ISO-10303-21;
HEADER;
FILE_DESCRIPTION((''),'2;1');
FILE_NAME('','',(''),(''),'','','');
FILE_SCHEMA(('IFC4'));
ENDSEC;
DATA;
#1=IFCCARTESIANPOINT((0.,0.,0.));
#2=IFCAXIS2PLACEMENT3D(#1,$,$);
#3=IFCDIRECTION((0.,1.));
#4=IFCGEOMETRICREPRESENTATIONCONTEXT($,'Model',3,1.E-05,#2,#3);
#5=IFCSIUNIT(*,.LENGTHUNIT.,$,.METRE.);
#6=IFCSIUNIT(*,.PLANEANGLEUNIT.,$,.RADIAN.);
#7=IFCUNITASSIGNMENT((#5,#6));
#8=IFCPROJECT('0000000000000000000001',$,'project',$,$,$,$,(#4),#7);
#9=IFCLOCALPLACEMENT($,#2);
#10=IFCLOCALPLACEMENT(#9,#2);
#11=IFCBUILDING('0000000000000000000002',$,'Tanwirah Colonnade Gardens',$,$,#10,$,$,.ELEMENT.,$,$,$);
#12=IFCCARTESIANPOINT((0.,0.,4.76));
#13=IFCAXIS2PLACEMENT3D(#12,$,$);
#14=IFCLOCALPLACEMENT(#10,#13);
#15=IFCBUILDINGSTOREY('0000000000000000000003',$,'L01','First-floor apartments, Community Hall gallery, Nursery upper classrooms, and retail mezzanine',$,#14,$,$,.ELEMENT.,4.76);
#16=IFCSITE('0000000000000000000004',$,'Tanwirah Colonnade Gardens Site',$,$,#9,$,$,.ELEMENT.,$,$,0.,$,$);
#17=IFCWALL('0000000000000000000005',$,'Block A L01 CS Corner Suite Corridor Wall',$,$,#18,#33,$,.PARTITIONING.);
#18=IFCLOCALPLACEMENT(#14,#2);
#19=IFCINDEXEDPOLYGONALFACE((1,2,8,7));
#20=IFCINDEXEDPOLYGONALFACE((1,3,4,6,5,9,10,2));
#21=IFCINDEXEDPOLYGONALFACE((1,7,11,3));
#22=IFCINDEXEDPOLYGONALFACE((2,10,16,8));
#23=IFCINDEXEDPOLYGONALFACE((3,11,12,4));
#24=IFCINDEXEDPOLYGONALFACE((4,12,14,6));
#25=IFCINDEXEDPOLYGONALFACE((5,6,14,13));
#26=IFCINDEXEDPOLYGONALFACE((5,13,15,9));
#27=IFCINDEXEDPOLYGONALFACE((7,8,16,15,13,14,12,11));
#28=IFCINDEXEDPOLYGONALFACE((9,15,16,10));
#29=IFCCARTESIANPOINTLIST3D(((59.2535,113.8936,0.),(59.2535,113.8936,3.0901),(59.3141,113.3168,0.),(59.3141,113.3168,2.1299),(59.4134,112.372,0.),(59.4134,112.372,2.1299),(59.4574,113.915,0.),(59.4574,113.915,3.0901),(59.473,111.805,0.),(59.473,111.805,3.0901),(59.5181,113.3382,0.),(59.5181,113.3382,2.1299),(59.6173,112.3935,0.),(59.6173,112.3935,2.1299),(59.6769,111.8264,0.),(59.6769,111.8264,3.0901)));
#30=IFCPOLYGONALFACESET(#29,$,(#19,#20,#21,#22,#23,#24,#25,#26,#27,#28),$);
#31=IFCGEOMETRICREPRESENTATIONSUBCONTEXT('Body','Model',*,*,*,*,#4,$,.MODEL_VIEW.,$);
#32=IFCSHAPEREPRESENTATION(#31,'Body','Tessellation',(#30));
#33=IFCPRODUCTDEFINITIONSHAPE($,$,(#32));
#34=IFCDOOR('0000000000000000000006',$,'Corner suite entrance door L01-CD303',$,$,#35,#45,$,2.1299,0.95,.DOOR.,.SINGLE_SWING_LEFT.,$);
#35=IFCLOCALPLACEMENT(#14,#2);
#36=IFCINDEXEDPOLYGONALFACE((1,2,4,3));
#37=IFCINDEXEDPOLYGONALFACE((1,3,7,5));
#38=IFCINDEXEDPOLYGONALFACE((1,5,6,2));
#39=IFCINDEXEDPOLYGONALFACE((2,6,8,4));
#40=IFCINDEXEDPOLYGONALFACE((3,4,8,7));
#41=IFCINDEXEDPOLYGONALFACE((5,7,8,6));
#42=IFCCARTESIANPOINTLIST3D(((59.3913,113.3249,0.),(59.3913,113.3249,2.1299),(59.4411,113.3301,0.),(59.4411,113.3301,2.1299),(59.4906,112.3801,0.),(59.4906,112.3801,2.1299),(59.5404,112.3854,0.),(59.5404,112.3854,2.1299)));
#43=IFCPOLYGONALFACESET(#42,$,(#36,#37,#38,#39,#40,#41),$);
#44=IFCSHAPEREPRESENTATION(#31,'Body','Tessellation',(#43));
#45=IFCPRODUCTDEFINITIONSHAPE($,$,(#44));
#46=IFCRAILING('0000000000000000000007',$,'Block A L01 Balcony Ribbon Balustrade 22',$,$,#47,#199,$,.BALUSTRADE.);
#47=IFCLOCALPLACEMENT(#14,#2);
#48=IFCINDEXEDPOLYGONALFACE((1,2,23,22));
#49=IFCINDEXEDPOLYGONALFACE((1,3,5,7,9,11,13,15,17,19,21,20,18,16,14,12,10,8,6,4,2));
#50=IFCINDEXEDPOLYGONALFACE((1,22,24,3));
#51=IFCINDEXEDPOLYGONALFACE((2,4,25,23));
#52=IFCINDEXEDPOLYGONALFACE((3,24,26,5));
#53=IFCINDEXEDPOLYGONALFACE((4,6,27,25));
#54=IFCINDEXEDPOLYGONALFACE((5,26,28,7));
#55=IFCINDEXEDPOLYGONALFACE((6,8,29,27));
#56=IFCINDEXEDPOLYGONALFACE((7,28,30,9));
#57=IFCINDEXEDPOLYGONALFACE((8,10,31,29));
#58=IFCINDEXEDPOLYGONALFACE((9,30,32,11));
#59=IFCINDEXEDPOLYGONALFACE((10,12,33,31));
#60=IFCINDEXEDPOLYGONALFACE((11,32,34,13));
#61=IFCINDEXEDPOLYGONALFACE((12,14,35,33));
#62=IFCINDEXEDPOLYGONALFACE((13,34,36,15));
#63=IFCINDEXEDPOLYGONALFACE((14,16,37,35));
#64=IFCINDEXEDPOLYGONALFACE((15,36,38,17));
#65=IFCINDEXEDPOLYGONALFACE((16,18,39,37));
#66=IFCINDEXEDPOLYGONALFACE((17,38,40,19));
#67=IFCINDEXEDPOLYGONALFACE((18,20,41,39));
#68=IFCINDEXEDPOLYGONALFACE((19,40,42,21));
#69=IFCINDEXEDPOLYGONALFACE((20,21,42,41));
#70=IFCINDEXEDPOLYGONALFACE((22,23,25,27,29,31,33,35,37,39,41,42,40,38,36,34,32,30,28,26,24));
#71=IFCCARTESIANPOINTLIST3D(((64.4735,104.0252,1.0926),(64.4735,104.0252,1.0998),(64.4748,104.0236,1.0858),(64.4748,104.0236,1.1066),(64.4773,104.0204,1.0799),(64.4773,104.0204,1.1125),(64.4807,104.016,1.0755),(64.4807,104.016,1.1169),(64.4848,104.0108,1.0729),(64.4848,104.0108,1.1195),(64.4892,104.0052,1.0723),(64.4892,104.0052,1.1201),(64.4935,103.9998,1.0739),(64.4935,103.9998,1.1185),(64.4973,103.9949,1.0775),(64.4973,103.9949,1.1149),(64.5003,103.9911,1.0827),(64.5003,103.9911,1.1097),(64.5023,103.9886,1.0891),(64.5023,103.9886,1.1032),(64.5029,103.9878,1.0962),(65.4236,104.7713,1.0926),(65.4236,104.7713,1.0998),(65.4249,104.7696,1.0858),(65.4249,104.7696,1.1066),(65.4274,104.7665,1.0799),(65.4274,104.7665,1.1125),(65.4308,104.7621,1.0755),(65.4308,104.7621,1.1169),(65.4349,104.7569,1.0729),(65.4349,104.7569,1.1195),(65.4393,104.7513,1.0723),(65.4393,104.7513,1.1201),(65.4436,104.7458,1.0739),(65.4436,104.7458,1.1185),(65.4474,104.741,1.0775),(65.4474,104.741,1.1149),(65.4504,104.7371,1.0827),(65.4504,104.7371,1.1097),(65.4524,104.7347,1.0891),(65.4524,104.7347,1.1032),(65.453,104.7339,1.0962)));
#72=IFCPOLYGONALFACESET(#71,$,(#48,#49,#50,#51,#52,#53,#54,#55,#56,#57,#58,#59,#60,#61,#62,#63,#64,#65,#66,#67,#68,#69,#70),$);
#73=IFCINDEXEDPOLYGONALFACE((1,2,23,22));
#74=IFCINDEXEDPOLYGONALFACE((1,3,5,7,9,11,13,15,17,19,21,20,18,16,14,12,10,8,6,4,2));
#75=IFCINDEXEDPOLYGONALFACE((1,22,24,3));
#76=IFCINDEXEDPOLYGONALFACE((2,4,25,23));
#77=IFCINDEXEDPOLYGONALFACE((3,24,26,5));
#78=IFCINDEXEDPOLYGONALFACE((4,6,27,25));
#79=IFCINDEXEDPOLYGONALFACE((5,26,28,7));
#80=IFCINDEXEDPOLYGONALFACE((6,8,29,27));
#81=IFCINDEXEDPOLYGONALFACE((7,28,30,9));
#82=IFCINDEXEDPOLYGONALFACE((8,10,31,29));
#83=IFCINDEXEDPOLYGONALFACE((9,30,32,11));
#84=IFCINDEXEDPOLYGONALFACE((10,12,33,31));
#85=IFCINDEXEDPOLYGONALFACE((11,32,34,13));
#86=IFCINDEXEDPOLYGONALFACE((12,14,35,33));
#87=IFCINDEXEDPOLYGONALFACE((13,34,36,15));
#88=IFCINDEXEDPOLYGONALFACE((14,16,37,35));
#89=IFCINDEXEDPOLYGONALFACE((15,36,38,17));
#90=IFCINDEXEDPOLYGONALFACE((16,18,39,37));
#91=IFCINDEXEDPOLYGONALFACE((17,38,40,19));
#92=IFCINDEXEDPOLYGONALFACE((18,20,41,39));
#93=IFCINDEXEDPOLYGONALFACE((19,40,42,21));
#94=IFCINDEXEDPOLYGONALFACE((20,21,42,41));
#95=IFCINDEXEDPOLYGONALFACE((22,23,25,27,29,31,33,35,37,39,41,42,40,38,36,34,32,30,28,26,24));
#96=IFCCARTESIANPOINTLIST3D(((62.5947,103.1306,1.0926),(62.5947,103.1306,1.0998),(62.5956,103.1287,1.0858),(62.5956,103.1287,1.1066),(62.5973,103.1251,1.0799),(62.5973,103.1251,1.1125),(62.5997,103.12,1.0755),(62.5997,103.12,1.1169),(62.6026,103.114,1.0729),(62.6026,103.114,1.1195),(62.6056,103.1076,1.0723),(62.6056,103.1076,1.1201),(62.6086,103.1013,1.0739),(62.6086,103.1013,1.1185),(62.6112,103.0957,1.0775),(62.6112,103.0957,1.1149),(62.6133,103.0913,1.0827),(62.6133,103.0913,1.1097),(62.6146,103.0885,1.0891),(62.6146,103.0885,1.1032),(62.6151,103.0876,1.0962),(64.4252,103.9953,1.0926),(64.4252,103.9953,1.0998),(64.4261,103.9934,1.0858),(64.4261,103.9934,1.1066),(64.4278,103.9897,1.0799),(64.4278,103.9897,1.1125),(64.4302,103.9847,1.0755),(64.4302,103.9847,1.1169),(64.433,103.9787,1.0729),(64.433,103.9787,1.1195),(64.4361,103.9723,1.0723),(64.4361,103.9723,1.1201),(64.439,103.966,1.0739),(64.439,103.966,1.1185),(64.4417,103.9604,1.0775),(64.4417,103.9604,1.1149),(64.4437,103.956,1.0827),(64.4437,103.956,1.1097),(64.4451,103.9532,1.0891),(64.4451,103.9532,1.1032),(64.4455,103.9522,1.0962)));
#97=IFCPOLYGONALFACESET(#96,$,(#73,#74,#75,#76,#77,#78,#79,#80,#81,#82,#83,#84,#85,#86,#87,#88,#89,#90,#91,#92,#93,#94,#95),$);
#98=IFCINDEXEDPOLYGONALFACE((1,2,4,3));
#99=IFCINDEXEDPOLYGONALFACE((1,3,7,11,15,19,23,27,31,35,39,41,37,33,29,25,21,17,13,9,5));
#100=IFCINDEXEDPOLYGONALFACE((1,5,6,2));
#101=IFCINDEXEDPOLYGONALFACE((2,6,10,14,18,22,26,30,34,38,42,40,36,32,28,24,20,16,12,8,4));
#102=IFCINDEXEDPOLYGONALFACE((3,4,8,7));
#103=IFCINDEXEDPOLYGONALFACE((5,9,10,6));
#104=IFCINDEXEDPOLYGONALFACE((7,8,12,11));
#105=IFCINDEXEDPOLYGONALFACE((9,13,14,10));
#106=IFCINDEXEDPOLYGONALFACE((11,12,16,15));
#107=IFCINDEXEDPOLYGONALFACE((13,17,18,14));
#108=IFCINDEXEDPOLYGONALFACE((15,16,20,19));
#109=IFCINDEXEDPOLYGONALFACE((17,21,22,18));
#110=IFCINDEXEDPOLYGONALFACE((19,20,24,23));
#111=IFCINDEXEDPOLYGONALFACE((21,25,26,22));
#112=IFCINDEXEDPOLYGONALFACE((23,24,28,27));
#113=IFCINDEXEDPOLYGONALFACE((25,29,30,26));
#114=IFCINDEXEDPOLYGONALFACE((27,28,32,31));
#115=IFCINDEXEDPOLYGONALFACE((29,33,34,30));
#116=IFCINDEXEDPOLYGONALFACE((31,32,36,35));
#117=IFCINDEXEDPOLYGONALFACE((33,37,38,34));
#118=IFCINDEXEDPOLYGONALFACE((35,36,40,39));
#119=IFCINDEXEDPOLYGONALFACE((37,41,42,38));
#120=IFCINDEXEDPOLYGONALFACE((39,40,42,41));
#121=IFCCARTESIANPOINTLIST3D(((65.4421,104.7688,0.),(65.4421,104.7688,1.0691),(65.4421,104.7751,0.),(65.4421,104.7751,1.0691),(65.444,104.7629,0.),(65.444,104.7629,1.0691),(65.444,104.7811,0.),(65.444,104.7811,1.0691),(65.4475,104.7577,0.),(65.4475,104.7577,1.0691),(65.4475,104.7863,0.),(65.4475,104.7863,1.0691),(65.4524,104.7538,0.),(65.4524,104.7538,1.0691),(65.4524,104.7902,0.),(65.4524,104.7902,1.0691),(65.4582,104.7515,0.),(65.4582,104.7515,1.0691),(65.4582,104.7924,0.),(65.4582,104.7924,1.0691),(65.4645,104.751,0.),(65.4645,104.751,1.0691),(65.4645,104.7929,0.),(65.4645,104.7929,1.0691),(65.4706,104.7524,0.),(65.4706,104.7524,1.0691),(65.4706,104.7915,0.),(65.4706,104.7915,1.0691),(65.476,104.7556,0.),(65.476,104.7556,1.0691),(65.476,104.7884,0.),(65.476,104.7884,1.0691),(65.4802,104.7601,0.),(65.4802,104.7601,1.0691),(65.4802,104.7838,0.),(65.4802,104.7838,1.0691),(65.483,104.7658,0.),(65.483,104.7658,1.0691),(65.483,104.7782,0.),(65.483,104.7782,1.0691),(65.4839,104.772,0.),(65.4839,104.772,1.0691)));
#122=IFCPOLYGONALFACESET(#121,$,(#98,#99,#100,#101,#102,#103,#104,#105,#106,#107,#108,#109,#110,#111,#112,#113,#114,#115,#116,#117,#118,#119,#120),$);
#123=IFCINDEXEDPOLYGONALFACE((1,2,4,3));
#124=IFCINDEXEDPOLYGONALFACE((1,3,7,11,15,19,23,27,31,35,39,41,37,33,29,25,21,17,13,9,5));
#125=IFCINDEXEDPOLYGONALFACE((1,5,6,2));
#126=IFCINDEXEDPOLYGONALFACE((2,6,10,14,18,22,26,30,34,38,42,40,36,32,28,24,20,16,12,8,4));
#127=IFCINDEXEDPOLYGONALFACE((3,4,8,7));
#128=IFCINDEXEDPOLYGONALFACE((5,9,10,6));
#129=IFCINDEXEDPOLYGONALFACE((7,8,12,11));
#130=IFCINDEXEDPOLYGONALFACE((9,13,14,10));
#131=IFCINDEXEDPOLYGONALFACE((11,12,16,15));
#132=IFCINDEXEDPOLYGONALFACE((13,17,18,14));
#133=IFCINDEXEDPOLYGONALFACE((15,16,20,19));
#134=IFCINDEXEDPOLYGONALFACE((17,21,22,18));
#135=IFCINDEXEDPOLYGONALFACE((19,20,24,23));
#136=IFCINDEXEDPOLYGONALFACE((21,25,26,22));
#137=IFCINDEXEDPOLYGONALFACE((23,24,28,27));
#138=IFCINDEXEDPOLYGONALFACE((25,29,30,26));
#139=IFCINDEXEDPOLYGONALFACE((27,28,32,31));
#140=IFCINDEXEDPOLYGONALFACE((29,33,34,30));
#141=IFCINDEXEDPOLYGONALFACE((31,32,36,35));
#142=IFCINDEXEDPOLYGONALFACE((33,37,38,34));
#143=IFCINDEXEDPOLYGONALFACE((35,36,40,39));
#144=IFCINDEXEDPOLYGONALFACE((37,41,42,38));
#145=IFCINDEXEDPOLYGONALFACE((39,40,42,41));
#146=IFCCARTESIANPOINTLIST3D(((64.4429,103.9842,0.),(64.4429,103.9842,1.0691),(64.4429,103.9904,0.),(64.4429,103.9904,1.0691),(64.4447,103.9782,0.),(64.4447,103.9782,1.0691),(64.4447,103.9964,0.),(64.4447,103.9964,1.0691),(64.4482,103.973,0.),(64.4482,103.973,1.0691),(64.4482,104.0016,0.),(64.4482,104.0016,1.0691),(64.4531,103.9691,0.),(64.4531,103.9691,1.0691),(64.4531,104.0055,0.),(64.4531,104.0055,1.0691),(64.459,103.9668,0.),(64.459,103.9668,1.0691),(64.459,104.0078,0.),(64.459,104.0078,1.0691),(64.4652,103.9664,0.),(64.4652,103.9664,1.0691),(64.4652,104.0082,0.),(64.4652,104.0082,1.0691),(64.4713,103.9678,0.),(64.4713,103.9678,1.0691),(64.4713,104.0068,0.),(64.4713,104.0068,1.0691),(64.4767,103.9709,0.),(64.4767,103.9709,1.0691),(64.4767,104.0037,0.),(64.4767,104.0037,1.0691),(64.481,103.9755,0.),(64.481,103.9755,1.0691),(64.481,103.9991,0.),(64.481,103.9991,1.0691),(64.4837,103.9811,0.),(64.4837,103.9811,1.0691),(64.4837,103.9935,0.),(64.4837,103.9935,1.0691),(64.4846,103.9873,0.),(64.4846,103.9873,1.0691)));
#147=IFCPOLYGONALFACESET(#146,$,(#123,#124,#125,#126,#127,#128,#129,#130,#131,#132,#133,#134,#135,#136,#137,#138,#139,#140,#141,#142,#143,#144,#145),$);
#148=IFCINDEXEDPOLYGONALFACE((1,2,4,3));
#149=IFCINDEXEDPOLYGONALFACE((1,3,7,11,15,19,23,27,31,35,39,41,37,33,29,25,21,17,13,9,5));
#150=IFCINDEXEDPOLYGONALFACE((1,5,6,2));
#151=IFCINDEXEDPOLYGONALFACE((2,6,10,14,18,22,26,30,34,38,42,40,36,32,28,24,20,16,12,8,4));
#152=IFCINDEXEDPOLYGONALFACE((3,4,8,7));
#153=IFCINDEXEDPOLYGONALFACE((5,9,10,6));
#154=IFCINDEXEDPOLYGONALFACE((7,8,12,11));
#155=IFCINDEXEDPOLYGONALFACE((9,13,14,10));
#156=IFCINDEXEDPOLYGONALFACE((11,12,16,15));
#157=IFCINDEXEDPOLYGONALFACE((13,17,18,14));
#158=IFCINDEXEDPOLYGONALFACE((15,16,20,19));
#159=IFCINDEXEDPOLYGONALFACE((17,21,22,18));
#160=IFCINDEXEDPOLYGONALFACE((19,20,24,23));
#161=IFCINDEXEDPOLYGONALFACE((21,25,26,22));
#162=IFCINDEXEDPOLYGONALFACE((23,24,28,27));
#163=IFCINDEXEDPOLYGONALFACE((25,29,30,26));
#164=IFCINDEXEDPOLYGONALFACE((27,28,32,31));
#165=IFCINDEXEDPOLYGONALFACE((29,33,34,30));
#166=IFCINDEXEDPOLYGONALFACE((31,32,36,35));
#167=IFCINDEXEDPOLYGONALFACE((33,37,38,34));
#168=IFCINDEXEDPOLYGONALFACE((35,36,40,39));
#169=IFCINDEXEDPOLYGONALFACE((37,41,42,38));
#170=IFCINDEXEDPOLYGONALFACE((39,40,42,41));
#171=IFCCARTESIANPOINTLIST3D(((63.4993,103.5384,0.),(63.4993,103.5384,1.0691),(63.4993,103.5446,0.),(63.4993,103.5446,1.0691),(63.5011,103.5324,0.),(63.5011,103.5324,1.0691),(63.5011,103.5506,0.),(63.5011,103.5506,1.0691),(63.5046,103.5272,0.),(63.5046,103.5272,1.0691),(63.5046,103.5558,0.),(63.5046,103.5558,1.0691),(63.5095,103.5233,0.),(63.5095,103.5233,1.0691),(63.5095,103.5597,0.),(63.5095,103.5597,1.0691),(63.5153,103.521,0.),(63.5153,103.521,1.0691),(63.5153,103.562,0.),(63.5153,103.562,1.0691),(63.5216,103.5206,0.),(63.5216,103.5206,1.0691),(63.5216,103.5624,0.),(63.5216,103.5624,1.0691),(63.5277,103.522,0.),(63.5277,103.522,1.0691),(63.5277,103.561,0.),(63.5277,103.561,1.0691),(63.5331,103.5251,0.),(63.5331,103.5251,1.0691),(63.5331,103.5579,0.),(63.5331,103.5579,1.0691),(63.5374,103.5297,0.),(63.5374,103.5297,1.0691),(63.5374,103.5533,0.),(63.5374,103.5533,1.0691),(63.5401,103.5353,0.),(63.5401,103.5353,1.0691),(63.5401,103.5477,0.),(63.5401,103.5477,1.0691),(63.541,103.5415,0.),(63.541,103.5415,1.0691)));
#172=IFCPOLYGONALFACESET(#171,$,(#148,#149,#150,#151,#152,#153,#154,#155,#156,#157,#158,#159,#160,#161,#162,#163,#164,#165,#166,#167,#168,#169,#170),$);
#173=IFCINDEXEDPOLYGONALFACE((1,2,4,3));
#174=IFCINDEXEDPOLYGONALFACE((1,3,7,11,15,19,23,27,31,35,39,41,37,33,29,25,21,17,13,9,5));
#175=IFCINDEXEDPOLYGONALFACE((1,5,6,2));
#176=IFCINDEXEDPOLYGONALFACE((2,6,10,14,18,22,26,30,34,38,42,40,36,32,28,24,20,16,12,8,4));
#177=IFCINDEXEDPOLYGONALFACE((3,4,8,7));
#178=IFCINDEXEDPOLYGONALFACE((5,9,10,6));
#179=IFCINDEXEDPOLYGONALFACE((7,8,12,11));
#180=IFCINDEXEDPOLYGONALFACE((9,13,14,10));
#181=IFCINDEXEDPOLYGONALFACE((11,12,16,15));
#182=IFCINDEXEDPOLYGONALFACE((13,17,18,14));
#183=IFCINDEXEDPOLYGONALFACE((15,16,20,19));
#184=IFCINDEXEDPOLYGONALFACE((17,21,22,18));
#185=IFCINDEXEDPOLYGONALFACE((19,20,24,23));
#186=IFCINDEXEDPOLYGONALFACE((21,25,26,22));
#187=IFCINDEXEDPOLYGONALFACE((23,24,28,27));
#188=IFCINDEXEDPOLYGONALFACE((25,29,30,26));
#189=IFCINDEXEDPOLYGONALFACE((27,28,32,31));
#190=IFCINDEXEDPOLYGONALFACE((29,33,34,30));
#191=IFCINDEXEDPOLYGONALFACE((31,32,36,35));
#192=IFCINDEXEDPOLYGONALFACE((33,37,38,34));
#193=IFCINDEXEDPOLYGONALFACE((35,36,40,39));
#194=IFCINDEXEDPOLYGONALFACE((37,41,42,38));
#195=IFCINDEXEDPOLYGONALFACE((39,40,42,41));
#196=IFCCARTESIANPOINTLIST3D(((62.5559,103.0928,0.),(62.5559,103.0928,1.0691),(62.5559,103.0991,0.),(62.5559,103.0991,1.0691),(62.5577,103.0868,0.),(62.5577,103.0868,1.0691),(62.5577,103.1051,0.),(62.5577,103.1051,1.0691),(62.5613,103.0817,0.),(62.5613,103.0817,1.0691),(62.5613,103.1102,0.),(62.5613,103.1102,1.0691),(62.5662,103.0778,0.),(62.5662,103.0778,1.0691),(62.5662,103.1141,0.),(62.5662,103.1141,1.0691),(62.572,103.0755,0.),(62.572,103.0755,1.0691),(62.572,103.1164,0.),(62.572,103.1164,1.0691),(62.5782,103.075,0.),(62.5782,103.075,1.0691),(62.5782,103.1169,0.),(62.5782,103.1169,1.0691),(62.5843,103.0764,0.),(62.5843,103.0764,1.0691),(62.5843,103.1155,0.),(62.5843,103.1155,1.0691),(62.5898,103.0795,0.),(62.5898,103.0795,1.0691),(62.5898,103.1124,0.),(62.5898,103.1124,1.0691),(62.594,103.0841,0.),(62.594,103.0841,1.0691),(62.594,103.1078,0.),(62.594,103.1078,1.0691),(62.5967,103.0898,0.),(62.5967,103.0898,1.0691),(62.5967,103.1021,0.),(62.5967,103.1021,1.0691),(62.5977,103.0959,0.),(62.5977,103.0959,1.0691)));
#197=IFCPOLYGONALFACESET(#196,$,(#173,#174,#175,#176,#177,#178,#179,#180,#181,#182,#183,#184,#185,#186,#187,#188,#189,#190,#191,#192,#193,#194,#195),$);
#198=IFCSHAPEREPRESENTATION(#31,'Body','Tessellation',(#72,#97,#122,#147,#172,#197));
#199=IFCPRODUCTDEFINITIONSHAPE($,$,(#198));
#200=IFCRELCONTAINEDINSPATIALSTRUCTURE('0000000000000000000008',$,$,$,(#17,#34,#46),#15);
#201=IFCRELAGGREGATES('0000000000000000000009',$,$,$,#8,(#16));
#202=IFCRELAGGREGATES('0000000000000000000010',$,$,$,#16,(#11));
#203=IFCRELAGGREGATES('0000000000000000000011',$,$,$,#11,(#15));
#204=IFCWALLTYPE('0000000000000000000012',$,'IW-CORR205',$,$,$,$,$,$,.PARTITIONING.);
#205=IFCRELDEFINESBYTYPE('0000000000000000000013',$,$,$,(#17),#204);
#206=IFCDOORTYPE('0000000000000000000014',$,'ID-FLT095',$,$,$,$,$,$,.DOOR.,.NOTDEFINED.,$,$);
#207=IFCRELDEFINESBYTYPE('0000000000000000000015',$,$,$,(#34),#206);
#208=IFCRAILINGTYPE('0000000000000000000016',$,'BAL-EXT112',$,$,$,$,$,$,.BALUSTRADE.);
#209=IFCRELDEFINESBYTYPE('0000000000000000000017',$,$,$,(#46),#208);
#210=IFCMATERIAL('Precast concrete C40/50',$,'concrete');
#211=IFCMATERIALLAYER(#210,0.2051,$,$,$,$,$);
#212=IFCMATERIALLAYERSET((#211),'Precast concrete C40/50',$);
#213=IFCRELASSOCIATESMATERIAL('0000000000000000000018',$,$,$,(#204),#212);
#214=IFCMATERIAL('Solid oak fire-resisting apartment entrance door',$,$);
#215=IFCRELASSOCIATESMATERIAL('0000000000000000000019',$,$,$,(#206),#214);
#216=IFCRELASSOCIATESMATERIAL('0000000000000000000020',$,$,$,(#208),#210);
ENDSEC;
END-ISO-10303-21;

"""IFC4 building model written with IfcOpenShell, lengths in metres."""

from ifc_helpers import new_model, si_unit, direction, frame, frame_2d, origin, origin_2d, place, context, subcontext, project, spatial, rectangle, circle, extrude, material, layer, layer_set, type_object, element, fill, save


model = new_model("IFC4")

# Units and contexts
model_context = context("Model", 3, precision=1e-05, world=origin(), true_north=direction((0.0, 1.0)))
body_context = subcontext(model_context, "Body", "Model", "MODEL_VIEW")
ifc_project = project(units=[si_unit("LENGTHUNIT", "METRE"), si_unit("PLANEANGLEUNIT", "RADIAN")], contexts=[model_context])

# Site, building, storey
site_placement = place(None, origin())
site = spatial("IfcSite", under=ifc_project, at=site_placement, Name="Tanwirah Colonnade Gardens Site", CompositionType="ELEMENT", RefElevation=0.0)
building_placement = place(site_placement, origin())
building = spatial("IfcBuilding", under=site, at=building_placement, Name="Tanwirah Colonnade Gardens", CompositionType="ELEMENT")
storey_placement = place(building_placement, frame((0.0, 0.0, 4.76)))
storey = spatial("IfcBuildingStorey", under=building, at=storey_placement, Name="L01", Description="First-floor apartments, Community Hall gallery, Nursery upper classrooms, and retail mezzanine", CompositionType="ELEMENT", Elevation=4.76)

# Wall, opening, door
ifc_material_1 = material(Name="Precast concrete C40/50", Category="concrete")
ifc_layer_1 = layer(ifc_material_1, 0.2051)
ifc_layer_set_1 = layer_set([ifc_layer_1], Name="Precast concrete C40/50")
wall_type_1 = type_object("IfcWallType", Name="IW-CORR205", PredefinedType="PARTITIONING", material=ifc_layer_set_1)
wall_1_placement = place(storey_placement, frame((59.575, 111.8157, 0.0), z_axis=(0.0, 0.0, 1.0), x_axis=(-0.104509, 0.994524, 0.0)))
wall_1 = element("IfcWall", 1, at=wall_1_placement, inside=storey, type_object=wall_type_1, Name="Block A L01 CS Corner Suite Corridor Wall", PredefinedType="PARTITIONING", context=body_context, shape_type="SweptSolid", body=[
    extrude(rectangle(XDim=2.1001, YDim=0.2051, at=frame_2d((1.05, 0.0))), origin(), (0.0, 0.0, 1.0), 3.0901),
])
opening_1_placement = place(wall_1_placement, frame((0.5701, 0.0, 0.0)))
opening_1 = element("IfcOpeningElement", 2, at=opening_1_placement, cuts=wall_1, PredefinedType="OPENING", context=body_context, shape_type="SweptSolid", body=[
    extrude(rectangle(XDim=0.95, YDim=2.1299, at=frame_2d((0.4751, 1.0649))), frame((0.0, 0.1125, 0.0), z_axis=(0.0, -1.0, 0.0), x_axis=(1.0, 0.0, 0.0)), (0.0, 0.0, 1.0), 0.2251),
])
ifc_material_2 = material(Name="Solid oak fire-resisting apartment entrance door")
door_type = type_object("IfcDoorType", Name="ID-FLT095", OperationType="NOTDEFINED", PredefinedType="DOOR", material=ifc_material_2)
door_placement = place(opening_1_placement, origin())
door = element("IfcDoor", 3, at=door_placement, inside=storey, type_object=door_type, Name="Corner suite entrance door L01-CD303", OperationType="SINGLE_SWING_LEFT", OverallHeight=2.1299, OverallWidth=0.95, PredefinedType="DOOR", context=body_context, shape_type="SweptSolid", body=[
    extrude(rectangle(XDim=0.95, YDim=2.1299, at=frame_2d((0.4751, 1.0649))), frame((0.0, 0.0249, 0.0), z_axis=(0.0, -1.0, 0.0), x_axis=(1.0, 0.0, 0.0)), (0.0, 0.0, 1.0), 0.05),
])
fill(opening_1, door)

# Railing
railing_type = type_object("IfcRailingType", Name="BAL-EXT112", PredefinedType="BALUSTRADE", material=ifc_material_1)
railing_1_placement = place(storey_placement, frame((65.4629, 104.772, 0.0)))
element("IfcRailing", 4, at=railing_1_placement, inside=storey, type_object=railing_type, Name="Block A L01 Balcony Ribbon Balustrade 22", PredefinedType="BALUSTRADE", context=body_context, shape_type="SweptSolid", body=[
    extrude(circle(Radius=0.0239, at=origin_2d()), frame((-0.0247, -0.0193, 1.0962), z_axis=(-0.786498, -0.617592, 0.0), x_axis=(0.617592, -0.786498, 0.0)), (0.0, 0.0, 1.0), 1.208),
    extrude(circle(Radius=0.0239, at=origin_2d()), frame((-1.0276, -0.7981, 1.0962), z_axis=(-0.904195, -0.427121, 0.0), x_axis=(0.427121, -0.904195, 0.0)), (0.0, 0.0, 1.0), 2.0244),
    extrude(circle(Radius=0.021, at=origin_2d()), origin(), (0.0, 0.0, 1.0), 1.0691),
    extrude(circle(Radius=0.021, at=origin_2d()), frame((-0.9993, -0.7847, 0.0)), (0.0, 0.0, 1.0), 1.0691),
    extrude(circle(Radius=0.021, at=origin_2d()), frame((-1.9429, -1.2305, 0.0)), (0.0, 0.0, 1.0), 1.0691),
    extrude(circle(Radius=0.021, at=origin_2d()), frame((-2.8862, -1.676, 0.0)), (0.0, 0.0, 1.0), 1.0691),
])

save(model, "model.ifc")
